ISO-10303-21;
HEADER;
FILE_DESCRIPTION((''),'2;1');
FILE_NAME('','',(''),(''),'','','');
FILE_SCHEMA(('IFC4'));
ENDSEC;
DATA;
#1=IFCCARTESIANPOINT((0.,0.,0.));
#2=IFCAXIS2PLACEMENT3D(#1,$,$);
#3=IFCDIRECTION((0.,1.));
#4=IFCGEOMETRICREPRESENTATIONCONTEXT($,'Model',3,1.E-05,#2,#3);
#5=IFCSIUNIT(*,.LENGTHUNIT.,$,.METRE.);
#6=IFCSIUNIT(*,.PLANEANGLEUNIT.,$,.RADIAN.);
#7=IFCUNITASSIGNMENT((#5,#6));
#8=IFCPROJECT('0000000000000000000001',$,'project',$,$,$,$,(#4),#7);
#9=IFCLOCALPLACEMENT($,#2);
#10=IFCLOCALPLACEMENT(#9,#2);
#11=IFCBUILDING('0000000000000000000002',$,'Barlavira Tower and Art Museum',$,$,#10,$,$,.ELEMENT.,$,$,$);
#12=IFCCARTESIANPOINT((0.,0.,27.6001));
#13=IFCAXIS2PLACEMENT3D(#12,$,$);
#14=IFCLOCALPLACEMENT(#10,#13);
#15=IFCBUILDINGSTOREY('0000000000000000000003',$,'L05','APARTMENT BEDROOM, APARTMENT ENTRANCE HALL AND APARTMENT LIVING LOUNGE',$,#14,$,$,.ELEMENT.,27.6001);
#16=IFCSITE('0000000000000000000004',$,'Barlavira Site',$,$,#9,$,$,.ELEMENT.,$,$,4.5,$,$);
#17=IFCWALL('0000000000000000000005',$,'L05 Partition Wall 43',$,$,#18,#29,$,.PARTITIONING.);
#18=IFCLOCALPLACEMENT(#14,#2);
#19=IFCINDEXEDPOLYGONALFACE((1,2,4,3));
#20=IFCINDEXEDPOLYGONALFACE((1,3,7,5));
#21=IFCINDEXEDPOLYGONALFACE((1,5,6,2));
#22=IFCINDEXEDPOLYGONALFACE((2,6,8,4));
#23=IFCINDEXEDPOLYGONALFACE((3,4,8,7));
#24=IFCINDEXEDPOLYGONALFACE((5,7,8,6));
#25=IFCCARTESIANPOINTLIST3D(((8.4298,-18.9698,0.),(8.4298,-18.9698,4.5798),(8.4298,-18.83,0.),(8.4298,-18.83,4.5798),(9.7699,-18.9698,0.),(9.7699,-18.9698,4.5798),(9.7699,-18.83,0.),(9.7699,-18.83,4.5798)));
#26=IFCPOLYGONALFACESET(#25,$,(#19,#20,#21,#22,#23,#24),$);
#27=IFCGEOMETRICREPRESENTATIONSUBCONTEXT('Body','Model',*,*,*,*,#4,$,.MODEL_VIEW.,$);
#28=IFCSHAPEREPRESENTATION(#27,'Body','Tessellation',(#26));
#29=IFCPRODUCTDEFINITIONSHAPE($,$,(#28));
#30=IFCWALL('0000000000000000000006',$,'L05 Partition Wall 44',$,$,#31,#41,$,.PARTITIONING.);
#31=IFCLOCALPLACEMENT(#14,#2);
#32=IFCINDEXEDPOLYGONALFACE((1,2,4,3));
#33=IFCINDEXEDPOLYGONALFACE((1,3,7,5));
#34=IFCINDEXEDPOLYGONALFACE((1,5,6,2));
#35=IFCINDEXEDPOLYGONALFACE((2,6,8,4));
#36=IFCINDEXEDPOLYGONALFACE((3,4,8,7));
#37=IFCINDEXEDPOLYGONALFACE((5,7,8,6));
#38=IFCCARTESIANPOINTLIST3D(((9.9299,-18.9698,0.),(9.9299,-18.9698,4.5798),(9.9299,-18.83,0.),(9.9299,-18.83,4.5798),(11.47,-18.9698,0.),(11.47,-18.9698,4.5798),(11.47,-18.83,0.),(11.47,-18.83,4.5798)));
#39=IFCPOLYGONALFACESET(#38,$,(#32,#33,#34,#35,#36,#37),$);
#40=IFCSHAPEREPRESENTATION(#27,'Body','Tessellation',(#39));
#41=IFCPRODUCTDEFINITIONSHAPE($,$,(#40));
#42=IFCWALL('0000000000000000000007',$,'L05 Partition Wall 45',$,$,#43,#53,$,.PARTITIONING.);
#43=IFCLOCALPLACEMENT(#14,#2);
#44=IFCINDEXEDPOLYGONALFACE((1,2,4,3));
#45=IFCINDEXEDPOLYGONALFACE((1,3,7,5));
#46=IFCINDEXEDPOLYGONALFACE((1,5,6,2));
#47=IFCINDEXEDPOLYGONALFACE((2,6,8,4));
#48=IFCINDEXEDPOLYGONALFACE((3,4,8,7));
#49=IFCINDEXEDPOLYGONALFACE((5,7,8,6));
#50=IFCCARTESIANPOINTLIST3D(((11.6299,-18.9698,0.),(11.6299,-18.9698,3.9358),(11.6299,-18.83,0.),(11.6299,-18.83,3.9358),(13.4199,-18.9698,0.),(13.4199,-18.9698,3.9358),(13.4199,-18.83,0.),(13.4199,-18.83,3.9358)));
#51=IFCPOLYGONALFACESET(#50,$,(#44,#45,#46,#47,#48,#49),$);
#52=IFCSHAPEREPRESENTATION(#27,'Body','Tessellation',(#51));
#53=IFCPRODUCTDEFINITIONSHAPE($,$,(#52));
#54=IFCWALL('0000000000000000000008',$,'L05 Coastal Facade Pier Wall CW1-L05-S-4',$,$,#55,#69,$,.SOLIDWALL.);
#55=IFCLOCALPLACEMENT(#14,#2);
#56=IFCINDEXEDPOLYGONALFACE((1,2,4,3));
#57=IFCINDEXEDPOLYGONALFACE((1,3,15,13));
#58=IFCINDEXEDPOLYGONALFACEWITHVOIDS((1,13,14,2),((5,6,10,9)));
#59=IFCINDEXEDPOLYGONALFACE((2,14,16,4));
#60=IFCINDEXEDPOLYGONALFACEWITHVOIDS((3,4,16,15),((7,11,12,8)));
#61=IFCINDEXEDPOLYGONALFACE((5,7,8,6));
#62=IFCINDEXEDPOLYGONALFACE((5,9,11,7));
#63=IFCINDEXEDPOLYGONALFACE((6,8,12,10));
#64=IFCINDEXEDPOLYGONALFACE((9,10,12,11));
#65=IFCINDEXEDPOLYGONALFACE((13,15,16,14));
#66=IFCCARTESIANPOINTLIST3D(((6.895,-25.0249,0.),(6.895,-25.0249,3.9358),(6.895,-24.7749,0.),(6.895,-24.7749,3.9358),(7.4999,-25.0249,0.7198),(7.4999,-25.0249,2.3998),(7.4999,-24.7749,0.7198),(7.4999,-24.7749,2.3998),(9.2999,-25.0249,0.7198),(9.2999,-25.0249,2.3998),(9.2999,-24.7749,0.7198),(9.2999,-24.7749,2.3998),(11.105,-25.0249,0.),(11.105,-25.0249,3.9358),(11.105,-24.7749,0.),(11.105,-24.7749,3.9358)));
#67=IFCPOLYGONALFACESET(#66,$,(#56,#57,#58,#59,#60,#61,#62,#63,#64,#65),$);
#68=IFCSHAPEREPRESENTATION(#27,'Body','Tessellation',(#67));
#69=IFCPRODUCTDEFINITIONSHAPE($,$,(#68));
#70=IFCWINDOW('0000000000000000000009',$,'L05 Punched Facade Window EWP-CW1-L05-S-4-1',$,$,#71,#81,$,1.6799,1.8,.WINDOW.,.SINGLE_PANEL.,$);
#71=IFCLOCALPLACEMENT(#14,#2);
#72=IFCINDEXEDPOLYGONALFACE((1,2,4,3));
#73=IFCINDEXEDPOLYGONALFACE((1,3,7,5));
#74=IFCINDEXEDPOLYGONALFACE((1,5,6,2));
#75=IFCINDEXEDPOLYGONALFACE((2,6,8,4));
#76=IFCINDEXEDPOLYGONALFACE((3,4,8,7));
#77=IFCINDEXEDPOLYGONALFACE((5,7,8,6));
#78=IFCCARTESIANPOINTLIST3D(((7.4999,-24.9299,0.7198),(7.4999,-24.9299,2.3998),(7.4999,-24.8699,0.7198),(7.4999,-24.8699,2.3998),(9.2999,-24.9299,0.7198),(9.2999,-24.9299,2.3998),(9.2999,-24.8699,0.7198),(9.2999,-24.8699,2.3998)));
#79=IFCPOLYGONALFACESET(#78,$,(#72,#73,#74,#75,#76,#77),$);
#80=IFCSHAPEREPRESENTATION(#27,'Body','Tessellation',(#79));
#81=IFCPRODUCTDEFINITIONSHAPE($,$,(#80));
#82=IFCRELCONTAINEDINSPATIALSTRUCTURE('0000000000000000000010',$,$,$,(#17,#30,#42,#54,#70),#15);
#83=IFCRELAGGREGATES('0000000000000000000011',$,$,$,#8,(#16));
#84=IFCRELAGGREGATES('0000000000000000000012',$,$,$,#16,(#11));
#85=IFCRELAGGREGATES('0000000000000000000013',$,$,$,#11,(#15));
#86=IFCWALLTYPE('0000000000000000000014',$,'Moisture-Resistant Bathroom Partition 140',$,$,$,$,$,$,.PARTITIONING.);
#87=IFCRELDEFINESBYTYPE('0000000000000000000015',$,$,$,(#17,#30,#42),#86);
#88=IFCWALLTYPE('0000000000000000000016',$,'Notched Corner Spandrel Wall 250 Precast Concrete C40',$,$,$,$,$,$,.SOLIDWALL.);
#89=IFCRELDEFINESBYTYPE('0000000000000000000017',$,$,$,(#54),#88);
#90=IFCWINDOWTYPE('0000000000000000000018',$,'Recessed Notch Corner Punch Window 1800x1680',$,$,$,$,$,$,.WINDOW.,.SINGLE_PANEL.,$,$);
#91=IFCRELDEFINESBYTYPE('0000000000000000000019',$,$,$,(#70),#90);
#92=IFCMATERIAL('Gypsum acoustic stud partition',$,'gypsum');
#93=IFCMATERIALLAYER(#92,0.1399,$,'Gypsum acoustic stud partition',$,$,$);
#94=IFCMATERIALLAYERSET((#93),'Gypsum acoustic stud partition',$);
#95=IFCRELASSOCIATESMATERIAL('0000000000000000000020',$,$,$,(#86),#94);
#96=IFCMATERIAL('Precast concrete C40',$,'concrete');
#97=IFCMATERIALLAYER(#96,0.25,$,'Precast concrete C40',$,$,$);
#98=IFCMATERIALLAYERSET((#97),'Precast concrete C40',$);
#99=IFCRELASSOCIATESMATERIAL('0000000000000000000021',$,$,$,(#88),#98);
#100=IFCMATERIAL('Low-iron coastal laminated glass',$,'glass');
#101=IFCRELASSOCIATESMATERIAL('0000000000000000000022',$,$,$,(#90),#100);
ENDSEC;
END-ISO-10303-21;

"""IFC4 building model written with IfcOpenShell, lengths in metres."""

from ifc_helpers import new_model, si_unit, direction, frame, frame_2d, origin, place, context, subcontext, project, spatial, rectangle, extrude, material, layer, layer_set, type_object, element, fill, save


model = new_model("IFC4")

# Units and contexts
model_context = context("Model", 3, precision=1e-05, world=origin(), true_north=direction((0.0, 1.0)))
body_context = subcontext(model_context, "Body", "Model", "MODEL_VIEW")
ifc_project = project(units=[si_unit("LENGTHUNIT", "METRE"), si_unit("PLANEANGLEUNIT", "RADIAN")], contexts=[model_context])

# Site, building, storey
site_placement = place(None, origin())
site = spatial("IfcSite", under=ifc_project, at=site_placement, Name="Barlavira Site", CompositionType="ELEMENT", RefElevation=4.5)
building_placement = place(site_placement, origin())
building = spatial("IfcBuilding", under=site, at=building_placement, Name="Barlavira Tower and Art Museum", CompositionType="ELEMENT")
storey_placement = place(building_placement, frame((0.0, 0.0, 27.6001)))
storey = spatial("IfcBuildingStorey", under=building, at=storey_placement, Name="L05", Description="APARTMENT BEDROOM, APARTMENT ENTRANCE HALL AND APARTMENT LIVING LOUNGE", CompositionType="ELEMENT", Elevation=27.6001)

# Shared definitions
ifc_material_1 = material(Name="Gypsum acoustic stud partition", Category="gypsum")
ifc_layer_1 = layer(ifc_material_1, 0.1399, Name="Gypsum acoustic stud partition")
ifc_layer_set_1 = layer_set([ifc_layer_1], Name="Gypsum acoustic stud partition")
wall_type_1 = type_object("IfcWallType", Name="Moisture-Resistant Bathroom Partition 140", PredefinedType="PARTITIONING", material=ifc_layer_set_1)

# Walls
wall_1_placement = place(storey_placement, frame((8.4299, -18.8999, 0.0), z_axis=(0.0, 0.0, 1.0), x_axis=(1.0, 0.0, 0.0)))
element("IfcWall", 1, at=wall_1_placement, inside=storey, type_object=wall_type_1, Name="L05 Partition Wall 43", PredefinedType="PARTITIONING", context=body_context, shape_type="SweptSolid", body=[
    extrude(rectangle(XDim=1.3401, YDim=0.1399, at=frame_2d((0.6699, 0.0))), origin(), (0.0, 0.0, 1.0), 4.5798),
])
wall_2_placement = place(storey_placement, frame((9.9299, -18.8999, 0.0), z_axis=(0.0, 0.0, 1.0), x_axis=(1.0, 0.0, 0.0)))
element("IfcWall", 2, at=wall_2_placement, inside=storey, type_object=wall_type_1, Name="L05 Partition Wall 44", PredefinedType="PARTITIONING", context=body_context, shape_type="SweptSolid", body=[
    extrude(rectangle(XDim=1.54, YDim=0.1399, at=frame_2d((0.77, 0.0))), origin(), (0.0, 0.0, 1.0), 4.5798),
])
wall_3_placement = place(storey_placement, frame((11.6299, -18.8999, 0.0), z_axis=(0.0, 0.0, 1.0), x_axis=(1.0, 0.0, 0.0)))
element("IfcWall", 3, at=wall_3_placement, inside=storey, type_object=wall_type_1, Name="L05 Partition Wall 45", PredefinedType="PARTITIONING", context=body_context, shape_type="SweptSolid", body=[
    extrude(rectangle(XDim=1.79, YDim=0.1399, at=frame_2d((0.895, 0.0))), origin(), (0.0, 0.0, 1.0), 3.9358),
])

# Wall, opening, window
ifc_material_2 = material(Name="Precast concrete C40", Category="concrete")
ifc_layer_2 = layer(ifc_material_2, 0.25, Name="Precast concrete C40")
ifc_layer_set_2 = layer_set([ifc_layer_2], Name="Precast concrete C40")
wall_type_2 = type_object("IfcWallType", Name="Notched Corner Spandrel Wall 250 Precast Concrete C40", PredefinedType="SOLIDWALL", material=ifc_layer_set_2)
wall_4_placement = place(storey_placement, frame((6.895, -24.8999, 0.0), z_axis=(0.0, 0.0, 1.0), x_axis=(1.0, 0.0, 0.0)))
wall_4 = element("IfcWall", 4, at=wall_4_placement, inside=storey, type_object=wall_type_2, Name="L05 Coastal Facade Pier Wall CW1-L05-S-4", PredefinedType="SOLIDWALL", context=body_context, shape_type="SweptSolid", body=[
    extrude(rectangle(XDim=4.21, YDim=0.25, at=frame_2d((2.105, 0.0))), origin(), (0.0, 0.0, 1.0), 3.9358),
])
opening_1_placement = place(wall_4_placement, frame((0.605, 0.0, 0.72)))
opening_1 = element("IfcOpeningElement", 5, at=opening_1_placement, cuts=wall_4, PredefinedType="OPENING", context=body_context, shape_type="SweptSolid", body=[
    extrude(rectangle(XDim=1.8, YDim=1.6799, at=frame_2d((0.8999, 0.8398))), frame((0.0, 0.135, 0.0), z_axis=(0.0, -1.0, 0.0), x_axis=(1.0, 0.0, 0.0)), (0.0, 0.0, 1.0), 0.27),
])
ifc_material_3 = material(Name="Low-iron coastal laminated glass", Category="glass")
window_type = type_object("IfcWindowType", Name="Recessed Notch Corner Punch Window 1800x1680", PartitioningType="SINGLE_PANEL", PredefinedType="WINDOW", material=ifc_material_3)
window_placement = place(opening_1_placement, origin())
window = element("IfcWindow", 6, at=window_placement, inside=storey, type_object=window_type, Name="L05 Punched Facade Window EWP-CW1-L05-S-4-1", OverallHeight=1.6799, OverallWidth=1.8, PartitioningType="SINGLE_PANEL", PredefinedType="WINDOW", context=body_context, shape_type="SweptSolid", body=[
    extrude(rectangle(XDim=1.8, YDim=1.6799, at=frame_2d((0.8999, 0.8398))), frame((0.0, 0.03, 0.0), z_axis=(0.0, -1.0, 0.0), x_axis=(1.0, 0.0, 0.0)), (0.0, 0.0, 1.0), 0.0601),
])
fill(opening_1, window)

save(model, "model.ifc")
